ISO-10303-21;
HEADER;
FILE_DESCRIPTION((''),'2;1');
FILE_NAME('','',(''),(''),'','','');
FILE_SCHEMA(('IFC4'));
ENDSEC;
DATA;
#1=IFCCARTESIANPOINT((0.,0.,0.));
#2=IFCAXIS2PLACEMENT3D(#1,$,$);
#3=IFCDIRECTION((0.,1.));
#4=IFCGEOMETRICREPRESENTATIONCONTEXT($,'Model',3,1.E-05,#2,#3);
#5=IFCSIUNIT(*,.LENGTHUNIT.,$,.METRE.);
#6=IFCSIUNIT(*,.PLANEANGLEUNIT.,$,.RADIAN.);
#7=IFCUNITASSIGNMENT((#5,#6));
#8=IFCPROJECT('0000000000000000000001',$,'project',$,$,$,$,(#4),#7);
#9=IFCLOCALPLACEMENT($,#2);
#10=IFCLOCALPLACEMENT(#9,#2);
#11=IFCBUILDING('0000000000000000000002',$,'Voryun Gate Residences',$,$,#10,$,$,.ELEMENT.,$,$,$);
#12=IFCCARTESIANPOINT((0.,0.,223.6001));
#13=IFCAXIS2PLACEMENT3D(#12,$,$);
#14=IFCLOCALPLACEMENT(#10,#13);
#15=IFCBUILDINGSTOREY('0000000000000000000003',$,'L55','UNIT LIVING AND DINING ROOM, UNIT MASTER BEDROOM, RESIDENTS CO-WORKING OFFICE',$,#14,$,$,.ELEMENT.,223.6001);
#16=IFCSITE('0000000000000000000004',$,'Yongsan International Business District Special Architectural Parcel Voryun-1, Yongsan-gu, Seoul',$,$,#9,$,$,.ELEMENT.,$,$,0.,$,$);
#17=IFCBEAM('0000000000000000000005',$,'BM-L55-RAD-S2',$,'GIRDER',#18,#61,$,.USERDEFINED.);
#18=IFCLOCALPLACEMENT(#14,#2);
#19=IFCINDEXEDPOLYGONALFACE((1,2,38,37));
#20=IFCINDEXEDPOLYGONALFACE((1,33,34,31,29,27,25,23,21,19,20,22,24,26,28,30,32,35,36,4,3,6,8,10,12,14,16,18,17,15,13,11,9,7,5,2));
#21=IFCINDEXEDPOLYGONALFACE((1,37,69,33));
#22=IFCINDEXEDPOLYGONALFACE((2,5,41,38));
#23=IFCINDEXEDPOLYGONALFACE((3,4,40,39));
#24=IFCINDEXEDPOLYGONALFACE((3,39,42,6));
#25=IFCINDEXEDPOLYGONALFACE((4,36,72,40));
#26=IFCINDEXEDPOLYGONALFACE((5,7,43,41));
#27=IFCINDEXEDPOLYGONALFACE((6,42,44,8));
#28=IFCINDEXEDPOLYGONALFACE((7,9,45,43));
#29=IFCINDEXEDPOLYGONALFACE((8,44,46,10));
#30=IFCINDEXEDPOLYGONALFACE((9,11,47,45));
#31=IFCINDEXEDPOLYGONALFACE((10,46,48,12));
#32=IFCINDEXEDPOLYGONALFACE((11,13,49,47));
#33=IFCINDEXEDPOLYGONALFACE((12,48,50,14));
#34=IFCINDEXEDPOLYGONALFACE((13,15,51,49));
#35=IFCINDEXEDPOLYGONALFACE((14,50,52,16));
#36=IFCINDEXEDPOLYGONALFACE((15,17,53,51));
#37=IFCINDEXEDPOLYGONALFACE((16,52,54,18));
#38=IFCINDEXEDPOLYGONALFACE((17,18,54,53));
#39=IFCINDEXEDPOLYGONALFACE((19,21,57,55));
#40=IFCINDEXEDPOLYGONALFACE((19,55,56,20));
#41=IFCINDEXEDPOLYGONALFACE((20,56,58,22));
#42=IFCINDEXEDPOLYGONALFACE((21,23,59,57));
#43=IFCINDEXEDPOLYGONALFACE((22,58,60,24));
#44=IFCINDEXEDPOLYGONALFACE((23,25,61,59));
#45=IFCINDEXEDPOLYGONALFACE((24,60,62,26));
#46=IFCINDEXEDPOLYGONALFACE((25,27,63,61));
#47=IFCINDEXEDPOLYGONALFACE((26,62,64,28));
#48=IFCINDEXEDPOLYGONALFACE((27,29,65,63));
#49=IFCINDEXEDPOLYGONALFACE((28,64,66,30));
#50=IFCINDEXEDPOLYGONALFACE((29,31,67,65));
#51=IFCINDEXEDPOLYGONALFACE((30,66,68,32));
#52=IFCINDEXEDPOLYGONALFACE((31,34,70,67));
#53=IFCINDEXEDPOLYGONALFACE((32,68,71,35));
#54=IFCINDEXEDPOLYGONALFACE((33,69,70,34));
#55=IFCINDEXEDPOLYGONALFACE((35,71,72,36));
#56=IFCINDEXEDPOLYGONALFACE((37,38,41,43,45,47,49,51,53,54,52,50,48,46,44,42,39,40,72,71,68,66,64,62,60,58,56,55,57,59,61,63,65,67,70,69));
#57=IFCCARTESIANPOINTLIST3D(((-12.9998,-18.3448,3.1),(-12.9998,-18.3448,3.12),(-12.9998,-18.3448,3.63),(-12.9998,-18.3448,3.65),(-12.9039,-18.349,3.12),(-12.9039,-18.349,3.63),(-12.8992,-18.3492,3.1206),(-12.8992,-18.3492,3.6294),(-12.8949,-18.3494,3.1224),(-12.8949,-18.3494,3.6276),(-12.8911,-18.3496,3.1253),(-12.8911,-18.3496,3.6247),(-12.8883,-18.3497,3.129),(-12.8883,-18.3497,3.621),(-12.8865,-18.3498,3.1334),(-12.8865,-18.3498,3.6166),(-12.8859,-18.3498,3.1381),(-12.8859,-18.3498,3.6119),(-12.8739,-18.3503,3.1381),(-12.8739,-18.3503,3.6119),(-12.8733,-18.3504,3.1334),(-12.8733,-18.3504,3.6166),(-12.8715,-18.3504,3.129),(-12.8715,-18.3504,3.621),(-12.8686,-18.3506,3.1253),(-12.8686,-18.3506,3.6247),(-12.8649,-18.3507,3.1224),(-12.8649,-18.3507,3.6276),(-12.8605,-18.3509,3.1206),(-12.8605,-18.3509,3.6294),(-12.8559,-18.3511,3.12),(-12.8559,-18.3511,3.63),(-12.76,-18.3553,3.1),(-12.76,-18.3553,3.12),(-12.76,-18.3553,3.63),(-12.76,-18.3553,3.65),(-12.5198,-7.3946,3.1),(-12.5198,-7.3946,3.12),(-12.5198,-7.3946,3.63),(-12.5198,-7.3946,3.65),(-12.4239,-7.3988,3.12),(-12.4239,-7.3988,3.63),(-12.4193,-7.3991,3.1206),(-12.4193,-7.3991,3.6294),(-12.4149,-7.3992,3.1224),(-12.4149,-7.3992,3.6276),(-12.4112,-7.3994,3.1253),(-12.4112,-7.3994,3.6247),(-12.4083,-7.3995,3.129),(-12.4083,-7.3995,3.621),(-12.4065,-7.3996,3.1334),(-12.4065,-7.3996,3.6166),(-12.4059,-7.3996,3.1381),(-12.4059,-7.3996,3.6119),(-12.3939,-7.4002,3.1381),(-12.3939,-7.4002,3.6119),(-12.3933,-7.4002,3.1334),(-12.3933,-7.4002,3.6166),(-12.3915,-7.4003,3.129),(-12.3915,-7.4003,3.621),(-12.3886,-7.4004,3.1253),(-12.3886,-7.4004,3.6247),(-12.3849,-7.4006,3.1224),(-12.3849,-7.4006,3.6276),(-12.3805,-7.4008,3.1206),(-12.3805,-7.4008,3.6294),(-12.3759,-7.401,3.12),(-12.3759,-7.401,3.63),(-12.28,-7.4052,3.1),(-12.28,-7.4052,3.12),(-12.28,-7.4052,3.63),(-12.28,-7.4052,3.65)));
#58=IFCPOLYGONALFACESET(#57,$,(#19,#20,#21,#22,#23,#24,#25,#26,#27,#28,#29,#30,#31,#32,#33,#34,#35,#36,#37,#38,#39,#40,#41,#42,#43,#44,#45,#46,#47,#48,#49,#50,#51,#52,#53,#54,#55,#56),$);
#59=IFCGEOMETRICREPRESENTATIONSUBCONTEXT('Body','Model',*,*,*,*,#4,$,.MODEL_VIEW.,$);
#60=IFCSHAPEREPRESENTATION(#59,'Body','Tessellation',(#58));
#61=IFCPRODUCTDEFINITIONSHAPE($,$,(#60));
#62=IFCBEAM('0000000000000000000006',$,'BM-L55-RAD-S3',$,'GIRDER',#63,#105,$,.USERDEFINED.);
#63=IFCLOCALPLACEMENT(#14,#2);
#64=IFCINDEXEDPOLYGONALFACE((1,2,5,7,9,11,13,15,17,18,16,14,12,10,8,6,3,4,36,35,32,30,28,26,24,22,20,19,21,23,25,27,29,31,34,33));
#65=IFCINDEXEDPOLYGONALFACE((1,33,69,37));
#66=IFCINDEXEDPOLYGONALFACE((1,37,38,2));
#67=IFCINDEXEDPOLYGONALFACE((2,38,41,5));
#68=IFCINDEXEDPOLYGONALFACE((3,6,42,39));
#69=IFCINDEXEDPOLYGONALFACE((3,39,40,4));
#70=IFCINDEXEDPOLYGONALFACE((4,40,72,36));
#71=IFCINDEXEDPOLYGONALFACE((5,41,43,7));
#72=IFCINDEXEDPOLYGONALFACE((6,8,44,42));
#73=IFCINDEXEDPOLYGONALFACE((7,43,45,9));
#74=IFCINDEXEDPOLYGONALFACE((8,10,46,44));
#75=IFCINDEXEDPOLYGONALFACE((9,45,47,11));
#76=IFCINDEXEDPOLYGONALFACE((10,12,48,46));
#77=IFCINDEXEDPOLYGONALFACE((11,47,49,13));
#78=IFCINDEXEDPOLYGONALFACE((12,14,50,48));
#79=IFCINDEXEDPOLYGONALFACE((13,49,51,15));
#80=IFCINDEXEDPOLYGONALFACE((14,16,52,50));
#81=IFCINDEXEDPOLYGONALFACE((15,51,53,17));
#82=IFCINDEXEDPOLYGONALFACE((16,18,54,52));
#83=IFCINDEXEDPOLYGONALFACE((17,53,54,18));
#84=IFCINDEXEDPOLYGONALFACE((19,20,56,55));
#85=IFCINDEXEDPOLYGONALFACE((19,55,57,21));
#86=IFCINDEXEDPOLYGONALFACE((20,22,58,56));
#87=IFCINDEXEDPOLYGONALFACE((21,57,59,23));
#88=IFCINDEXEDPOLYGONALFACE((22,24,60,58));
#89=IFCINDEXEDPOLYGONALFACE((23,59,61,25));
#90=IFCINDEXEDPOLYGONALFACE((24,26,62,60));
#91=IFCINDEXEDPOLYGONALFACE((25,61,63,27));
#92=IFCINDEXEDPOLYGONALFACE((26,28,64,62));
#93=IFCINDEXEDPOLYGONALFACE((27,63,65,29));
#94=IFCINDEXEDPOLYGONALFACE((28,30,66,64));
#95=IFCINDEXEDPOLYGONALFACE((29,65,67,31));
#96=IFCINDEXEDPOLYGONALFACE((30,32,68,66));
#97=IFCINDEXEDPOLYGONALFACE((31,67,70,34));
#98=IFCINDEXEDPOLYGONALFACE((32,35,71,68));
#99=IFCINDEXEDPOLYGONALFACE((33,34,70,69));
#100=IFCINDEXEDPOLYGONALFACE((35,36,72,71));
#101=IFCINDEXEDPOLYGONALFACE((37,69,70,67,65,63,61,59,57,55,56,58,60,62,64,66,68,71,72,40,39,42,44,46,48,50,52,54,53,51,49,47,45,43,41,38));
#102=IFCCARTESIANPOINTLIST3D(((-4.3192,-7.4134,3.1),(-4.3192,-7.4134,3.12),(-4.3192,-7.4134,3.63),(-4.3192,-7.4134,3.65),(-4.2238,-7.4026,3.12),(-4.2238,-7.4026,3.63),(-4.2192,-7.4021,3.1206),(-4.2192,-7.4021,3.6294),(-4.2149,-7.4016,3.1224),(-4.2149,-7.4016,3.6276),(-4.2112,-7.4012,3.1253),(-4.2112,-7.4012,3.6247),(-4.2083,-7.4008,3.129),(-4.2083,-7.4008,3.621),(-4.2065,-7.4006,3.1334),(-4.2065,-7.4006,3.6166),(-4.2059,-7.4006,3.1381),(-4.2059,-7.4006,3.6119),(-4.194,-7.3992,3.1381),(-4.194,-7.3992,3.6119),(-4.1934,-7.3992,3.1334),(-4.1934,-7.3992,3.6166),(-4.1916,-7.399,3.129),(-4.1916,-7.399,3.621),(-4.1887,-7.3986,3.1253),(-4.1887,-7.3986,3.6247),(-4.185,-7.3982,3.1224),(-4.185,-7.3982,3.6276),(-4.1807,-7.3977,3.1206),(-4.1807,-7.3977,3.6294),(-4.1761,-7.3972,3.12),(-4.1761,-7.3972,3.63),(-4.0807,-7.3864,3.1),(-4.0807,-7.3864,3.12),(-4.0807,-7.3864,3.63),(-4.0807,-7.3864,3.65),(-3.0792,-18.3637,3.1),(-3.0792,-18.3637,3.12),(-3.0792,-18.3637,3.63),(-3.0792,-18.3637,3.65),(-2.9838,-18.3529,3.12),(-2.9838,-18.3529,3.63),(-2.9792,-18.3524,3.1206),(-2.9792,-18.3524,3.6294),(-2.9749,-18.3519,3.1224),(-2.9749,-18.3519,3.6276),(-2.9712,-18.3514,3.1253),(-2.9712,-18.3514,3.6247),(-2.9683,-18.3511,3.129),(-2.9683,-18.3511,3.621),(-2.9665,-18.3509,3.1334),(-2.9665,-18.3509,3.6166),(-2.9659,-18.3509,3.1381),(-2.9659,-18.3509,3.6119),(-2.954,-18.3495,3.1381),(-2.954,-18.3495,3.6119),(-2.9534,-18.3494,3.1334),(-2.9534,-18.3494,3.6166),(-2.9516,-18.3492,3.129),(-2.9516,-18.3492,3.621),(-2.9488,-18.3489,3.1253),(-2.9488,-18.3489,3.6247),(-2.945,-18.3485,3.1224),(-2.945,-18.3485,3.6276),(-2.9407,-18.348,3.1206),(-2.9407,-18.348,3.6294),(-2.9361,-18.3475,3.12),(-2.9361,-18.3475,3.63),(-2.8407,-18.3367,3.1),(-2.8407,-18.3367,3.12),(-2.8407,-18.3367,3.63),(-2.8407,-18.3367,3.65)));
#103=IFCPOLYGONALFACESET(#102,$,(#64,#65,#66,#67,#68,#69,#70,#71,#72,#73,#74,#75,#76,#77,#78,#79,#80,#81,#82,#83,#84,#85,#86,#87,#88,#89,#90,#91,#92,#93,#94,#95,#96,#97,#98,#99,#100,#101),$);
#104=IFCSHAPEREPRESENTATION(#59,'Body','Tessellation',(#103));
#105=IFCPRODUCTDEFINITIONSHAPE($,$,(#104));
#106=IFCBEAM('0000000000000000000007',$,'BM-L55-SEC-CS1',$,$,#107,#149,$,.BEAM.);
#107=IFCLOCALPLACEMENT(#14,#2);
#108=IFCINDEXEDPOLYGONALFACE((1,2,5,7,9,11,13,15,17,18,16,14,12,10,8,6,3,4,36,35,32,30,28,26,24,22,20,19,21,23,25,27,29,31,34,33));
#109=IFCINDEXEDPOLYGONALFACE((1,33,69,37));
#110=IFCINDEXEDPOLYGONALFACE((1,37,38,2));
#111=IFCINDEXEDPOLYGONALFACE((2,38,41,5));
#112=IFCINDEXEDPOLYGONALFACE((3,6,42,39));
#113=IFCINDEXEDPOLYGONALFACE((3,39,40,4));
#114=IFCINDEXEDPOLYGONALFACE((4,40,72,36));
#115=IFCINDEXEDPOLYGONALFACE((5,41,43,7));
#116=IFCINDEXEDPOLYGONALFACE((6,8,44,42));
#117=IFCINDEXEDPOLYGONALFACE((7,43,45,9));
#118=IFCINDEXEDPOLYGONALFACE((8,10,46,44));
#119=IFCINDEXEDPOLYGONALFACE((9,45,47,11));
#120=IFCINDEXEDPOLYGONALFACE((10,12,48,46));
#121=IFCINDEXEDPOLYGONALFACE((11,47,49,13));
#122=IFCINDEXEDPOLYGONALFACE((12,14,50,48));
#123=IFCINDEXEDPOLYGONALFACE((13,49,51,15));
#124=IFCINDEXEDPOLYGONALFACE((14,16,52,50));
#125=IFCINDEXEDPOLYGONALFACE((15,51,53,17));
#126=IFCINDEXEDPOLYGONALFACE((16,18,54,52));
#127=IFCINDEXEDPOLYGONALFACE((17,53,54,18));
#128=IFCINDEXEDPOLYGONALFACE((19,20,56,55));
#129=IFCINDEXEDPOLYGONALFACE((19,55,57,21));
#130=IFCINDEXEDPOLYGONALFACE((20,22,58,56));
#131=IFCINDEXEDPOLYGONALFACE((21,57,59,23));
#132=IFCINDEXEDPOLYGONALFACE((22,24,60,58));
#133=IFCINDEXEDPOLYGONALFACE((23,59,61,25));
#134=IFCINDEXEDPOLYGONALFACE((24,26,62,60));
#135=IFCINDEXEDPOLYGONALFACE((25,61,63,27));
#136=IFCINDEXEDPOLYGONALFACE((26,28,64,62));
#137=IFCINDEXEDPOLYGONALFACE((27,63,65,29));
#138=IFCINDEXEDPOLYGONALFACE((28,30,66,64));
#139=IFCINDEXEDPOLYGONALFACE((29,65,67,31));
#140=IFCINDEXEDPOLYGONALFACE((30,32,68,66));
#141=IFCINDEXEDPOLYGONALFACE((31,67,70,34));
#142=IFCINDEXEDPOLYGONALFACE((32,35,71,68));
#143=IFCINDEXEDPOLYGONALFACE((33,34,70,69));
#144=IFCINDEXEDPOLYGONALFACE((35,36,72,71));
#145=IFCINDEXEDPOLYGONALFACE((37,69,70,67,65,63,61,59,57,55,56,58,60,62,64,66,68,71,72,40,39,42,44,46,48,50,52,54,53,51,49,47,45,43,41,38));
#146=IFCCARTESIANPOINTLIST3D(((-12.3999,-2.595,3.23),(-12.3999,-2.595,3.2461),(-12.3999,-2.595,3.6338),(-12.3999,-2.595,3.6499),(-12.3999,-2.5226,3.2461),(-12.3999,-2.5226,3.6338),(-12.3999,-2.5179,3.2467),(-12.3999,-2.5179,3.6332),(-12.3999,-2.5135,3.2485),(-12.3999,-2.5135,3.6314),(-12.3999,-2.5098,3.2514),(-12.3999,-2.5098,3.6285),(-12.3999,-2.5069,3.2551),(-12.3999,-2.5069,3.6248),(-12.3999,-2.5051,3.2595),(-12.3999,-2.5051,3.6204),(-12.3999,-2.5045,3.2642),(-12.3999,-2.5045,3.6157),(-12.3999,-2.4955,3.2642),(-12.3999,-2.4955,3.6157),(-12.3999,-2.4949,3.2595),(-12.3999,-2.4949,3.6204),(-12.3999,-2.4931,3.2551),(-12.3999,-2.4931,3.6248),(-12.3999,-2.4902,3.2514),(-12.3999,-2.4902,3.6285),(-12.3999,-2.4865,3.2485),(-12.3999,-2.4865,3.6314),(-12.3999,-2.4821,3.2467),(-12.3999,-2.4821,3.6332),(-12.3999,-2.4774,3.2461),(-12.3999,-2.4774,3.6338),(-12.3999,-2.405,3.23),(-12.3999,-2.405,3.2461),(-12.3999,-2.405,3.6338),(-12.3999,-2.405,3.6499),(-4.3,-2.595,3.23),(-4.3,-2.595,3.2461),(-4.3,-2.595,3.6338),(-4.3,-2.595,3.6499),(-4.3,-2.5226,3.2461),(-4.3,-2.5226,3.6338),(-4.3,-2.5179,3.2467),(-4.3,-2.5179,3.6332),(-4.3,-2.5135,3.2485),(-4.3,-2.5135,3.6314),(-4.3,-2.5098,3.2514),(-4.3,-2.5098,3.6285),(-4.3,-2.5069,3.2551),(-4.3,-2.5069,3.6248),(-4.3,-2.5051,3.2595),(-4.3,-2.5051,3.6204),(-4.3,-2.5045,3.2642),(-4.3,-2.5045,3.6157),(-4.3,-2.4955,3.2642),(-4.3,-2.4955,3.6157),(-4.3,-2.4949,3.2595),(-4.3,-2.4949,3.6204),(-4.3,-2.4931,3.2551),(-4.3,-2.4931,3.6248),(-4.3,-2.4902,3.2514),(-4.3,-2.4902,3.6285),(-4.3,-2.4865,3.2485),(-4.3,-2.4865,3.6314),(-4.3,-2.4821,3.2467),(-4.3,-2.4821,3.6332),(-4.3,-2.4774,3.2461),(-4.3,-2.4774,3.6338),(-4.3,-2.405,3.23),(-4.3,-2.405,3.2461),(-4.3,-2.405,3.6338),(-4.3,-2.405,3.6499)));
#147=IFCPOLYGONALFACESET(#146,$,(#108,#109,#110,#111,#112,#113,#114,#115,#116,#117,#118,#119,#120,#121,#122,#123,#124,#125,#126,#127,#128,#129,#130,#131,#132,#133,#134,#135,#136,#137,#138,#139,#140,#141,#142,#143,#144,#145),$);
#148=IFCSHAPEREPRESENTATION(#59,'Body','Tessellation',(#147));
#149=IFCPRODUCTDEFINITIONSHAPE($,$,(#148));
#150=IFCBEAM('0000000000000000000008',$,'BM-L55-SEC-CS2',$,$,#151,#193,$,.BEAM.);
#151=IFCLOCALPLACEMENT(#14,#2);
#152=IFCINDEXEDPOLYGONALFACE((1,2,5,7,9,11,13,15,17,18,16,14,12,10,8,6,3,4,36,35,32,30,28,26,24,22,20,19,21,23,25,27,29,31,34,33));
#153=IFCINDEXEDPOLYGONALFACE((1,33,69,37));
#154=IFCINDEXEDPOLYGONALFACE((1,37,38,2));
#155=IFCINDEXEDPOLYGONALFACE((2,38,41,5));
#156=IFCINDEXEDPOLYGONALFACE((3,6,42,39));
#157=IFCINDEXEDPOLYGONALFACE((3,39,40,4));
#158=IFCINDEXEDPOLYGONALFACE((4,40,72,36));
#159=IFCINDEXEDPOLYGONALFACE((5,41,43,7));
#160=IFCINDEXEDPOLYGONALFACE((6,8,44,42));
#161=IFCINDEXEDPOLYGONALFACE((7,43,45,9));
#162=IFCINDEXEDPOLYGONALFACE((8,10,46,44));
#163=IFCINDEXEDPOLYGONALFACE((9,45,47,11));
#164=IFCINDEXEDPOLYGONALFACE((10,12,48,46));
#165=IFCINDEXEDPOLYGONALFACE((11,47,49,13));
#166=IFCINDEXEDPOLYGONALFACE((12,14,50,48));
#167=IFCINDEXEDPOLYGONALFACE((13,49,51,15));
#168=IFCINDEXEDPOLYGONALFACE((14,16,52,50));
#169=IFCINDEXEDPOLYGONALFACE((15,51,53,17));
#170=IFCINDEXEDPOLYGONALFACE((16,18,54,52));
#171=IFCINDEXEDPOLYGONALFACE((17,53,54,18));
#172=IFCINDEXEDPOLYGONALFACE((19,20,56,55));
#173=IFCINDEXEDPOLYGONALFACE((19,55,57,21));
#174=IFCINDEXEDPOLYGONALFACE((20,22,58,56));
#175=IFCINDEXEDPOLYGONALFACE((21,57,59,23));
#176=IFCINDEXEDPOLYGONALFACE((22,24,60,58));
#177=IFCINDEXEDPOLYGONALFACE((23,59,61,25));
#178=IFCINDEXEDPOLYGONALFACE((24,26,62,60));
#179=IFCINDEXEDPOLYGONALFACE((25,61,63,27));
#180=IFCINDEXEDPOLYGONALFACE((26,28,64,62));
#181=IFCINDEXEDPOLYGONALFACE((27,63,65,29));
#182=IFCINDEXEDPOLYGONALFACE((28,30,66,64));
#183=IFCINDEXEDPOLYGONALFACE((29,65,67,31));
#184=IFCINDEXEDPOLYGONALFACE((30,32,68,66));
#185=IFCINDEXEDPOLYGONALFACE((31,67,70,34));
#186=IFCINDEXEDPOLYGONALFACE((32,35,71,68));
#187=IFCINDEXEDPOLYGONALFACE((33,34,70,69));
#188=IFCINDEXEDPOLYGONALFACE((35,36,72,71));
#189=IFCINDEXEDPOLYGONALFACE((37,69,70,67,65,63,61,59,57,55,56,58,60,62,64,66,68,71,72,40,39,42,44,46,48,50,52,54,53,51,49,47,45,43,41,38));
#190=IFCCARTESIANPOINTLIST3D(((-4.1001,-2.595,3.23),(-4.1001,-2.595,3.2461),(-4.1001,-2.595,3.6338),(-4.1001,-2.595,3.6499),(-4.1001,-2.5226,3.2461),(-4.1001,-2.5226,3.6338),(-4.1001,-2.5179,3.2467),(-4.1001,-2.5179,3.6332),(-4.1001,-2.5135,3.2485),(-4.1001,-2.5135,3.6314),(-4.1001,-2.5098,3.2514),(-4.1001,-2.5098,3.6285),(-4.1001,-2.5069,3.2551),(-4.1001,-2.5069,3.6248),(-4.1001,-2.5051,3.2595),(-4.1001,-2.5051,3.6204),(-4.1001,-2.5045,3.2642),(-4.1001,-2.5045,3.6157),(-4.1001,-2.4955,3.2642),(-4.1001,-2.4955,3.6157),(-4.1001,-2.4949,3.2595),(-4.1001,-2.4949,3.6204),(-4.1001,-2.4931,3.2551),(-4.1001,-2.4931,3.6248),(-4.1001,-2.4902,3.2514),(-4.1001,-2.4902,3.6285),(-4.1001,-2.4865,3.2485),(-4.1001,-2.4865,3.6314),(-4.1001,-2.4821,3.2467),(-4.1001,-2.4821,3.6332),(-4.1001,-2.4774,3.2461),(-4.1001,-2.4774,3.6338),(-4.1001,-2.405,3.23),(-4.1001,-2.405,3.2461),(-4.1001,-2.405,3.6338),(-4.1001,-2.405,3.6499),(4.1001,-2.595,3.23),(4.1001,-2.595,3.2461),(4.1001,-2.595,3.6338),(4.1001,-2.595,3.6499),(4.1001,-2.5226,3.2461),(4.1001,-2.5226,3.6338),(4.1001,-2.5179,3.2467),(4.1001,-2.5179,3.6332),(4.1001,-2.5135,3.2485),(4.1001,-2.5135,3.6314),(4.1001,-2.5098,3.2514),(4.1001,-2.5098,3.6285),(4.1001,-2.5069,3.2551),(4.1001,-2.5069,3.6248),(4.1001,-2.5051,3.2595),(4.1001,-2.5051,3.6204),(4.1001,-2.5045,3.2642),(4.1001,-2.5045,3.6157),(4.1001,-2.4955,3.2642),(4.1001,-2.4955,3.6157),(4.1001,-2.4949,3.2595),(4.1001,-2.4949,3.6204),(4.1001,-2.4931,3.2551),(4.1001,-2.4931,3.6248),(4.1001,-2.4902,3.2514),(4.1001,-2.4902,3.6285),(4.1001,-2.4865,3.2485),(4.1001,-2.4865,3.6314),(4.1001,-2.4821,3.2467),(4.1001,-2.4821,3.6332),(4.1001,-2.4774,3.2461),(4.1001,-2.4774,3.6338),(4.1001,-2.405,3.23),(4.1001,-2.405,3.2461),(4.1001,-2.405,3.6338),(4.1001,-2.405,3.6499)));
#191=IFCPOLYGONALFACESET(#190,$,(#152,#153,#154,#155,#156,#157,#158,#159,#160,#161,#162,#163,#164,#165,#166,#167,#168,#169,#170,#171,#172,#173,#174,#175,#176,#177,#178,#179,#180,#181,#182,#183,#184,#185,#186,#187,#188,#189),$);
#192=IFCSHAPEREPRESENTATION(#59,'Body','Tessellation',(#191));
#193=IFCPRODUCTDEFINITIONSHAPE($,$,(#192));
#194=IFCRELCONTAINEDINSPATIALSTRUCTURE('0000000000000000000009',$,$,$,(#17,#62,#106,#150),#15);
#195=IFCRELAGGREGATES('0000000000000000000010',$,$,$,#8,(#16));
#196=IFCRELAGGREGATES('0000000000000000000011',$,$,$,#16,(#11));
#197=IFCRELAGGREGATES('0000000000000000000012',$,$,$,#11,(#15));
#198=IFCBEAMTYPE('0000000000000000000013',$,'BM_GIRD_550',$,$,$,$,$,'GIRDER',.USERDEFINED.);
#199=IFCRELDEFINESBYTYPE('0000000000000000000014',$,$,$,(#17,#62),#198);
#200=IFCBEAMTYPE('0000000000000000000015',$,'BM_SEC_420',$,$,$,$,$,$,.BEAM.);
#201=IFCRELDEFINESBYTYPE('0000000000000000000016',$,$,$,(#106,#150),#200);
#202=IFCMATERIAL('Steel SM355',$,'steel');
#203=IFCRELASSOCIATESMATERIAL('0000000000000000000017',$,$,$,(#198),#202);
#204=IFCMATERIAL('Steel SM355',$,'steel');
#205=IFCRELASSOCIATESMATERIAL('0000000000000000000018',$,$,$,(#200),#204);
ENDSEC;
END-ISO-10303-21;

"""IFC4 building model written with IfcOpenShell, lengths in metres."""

from ifc_helpers import new_model, si_unit, direction, frame, origin, origin_2d, place, context, subcontext, project, spatial, i_section, extrude, material, material_profile, profile_set, type_object, element, save


model = new_model("IFC4")

# Units and contexts
model_context = context("Model", 3, precision=1e-05, world=origin(), true_north=direction((0.0, 1.0)))
body_context = subcontext(model_context, "Body", "Model", "MODEL_VIEW")
ifc_project = project(units=[si_unit("LENGTHUNIT", "METRE"), si_unit("PLANEANGLEUNIT", "RADIAN")], contexts=[model_context])

# Site, building, storey
site_placement = place(None, origin())
site = spatial("IfcSite", under=ifc_project, at=site_placement, Name="Yongsan International Business District Special Architectural Parcel Voryun-1, Yongsan-gu, Seoul", CompositionType="ELEMENT", RefElevation=0.0)
building_placement = place(site_placement, origin())
building = spatial("IfcBuilding", under=site, at=building_placement, Name="Voryun Gate Residences", CompositionType="ELEMENT")
storey_placement = place(building_placement, frame((0.0, 0.0, 223.6001)))
storey = spatial("IfcBuildingStorey", under=building, at=storey_placement, Name="L55", Description="UNIT LIVING AND DINING ROOM, UNIT MASTER BEDROOM, RESIDENTS CO-WORKING OFFICE", CompositionType="ELEMENT", Elevation=223.6001)

# Beams
ifc_material_1 = material(Name="Steel SM355", Category="steel")
ifc_material_profile_1 = material_profile(ifc_material_1, i_section(OverallWidth=0.24, OverallDepth=0.55, WebThickness=0.012, FlangeThickness=0.02, FilletRadius=0.0181, at=origin_2d()), Name="H-550x240x12x20")
ifc_profile_set_1 = profile_set([ifc_material_profile_1], Name="Steel SM355")
beam_type_1 = type_object("IfcBeamType", Name="BM_GIRD_550", ElementType="GIRDER", PredefinedType="USERDEFINED", material=ifc_profile_set_1)
beam_1_placement = place(storey_placement, frame((-12.3999, -7.3999, 3.375), z_axis=(-0.043791, -0.999041, 0.0), x_axis=(0.999041, -0.043791, 0.0)))
element("IfcBeam", 1, at=beam_1_placement, inside=storey, type_object=beam_type_1, Name="BM-L55-RAD-S2", ObjectType="GIRDER", PredefinedType="USERDEFINED", context=body_context, shape_type="SweptSolid", body=[
    extrude(i_section(OverallWidth=0.24, OverallDepth=0.55, WebThickness=0.012, FlangeThickness=0.02, FilletRadius=0.0181, at=origin_2d()), origin(), (0.0, 0.0, 1.0), 10.9607),
])
beam_2_placement = place(storey_placement, frame((-4.2, -7.3999, 3.375), z_axis=(0.11252, -0.993649, 0.0), x_axis=(0.993649, 0.11252, 0.0)))
element("IfcBeam", 2, at=beam_2_placement, inside=storey, type_object=beam_type_1, Name="BM-L55-RAD-S3", ObjectType="GIRDER", PredefinedType="USERDEFINED", context=body_context, shape_type="SweptSolid", body=[
    extrude(i_section(OverallWidth=0.24, OverallDepth=0.55, WebThickness=0.012, FlangeThickness=0.02, FilletRadius=0.0181, at=origin_2d()), origin(), (0.0, 0.0, 1.0), 11.0203),
])
ifc_material_2 = material(Name="Steel SM355", Category="steel")
ifc_material_profile_2 = material_profile(ifc_material_2, i_section(OverallWidth=0.1899, OverallDepth=0.4199, WebThickness=0.009, FlangeThickness=0.0161, FilletRadius=0.0181, at=origin_2d()), Name="H-420x190x9x16")
ifc_profile_set_2 = profile_set([ifc_material_profile_2], Name="Steel SM355")
beam_type_2 = type_object("IfcBeamType", Name="BM_SEC_420", PredefinedType="BEAM", material=ifc_profile_set_2)
beam_3_placement = place(storey_placement, frame((-12.3999, -2.5, 3.4399), z_axis=(1.0, 0.0, 0.0), x_axis=(0.0, 1.0, 0.0)))
element("IfcBeam", 3, at=beam_3_placement, inside=storey, type_object=beam_type_2, Name="BM-L55-SEC-CS1", PredefinedType="BEAM", context=body_context, shape_type="SweptSolid", body=[
    extrude(i_section(OverallWidth=0.1899, OverallDepth=0.4199, WebThickness=0.009, FlangeThickness=0.0161, FilletRadius=0.0181, at=origin_2d()), origin(), (0.0, 0.0, 1.0), 8.0999),
])
beam_4_placement = place(storey_placement, frame((-4.1001, -2.5, 3.4399), z_axis=(1.0, 0.0, 0.0), x_axis=(0.0, 1.0, 0.0)))
element("IfcBeam", 4, at=beam_4_placement, inside=storey, type_object=beam_type_2, Name="BM-L55-SEC-CS2", PredefinedType="BEAM", context=body_context, shape_type="SweptSolid", body=[
    extrude(i_section(OverallWidth=0.1899, OverallDepth=0.4199, WebThickness=0.009, FlangeThickness=0.0161, FilletRadius=0.0181, at=origin_2d()), origin(), (0.0, 0.0, 1.0), 8.2002),
])

save(model, "model.ifc")
